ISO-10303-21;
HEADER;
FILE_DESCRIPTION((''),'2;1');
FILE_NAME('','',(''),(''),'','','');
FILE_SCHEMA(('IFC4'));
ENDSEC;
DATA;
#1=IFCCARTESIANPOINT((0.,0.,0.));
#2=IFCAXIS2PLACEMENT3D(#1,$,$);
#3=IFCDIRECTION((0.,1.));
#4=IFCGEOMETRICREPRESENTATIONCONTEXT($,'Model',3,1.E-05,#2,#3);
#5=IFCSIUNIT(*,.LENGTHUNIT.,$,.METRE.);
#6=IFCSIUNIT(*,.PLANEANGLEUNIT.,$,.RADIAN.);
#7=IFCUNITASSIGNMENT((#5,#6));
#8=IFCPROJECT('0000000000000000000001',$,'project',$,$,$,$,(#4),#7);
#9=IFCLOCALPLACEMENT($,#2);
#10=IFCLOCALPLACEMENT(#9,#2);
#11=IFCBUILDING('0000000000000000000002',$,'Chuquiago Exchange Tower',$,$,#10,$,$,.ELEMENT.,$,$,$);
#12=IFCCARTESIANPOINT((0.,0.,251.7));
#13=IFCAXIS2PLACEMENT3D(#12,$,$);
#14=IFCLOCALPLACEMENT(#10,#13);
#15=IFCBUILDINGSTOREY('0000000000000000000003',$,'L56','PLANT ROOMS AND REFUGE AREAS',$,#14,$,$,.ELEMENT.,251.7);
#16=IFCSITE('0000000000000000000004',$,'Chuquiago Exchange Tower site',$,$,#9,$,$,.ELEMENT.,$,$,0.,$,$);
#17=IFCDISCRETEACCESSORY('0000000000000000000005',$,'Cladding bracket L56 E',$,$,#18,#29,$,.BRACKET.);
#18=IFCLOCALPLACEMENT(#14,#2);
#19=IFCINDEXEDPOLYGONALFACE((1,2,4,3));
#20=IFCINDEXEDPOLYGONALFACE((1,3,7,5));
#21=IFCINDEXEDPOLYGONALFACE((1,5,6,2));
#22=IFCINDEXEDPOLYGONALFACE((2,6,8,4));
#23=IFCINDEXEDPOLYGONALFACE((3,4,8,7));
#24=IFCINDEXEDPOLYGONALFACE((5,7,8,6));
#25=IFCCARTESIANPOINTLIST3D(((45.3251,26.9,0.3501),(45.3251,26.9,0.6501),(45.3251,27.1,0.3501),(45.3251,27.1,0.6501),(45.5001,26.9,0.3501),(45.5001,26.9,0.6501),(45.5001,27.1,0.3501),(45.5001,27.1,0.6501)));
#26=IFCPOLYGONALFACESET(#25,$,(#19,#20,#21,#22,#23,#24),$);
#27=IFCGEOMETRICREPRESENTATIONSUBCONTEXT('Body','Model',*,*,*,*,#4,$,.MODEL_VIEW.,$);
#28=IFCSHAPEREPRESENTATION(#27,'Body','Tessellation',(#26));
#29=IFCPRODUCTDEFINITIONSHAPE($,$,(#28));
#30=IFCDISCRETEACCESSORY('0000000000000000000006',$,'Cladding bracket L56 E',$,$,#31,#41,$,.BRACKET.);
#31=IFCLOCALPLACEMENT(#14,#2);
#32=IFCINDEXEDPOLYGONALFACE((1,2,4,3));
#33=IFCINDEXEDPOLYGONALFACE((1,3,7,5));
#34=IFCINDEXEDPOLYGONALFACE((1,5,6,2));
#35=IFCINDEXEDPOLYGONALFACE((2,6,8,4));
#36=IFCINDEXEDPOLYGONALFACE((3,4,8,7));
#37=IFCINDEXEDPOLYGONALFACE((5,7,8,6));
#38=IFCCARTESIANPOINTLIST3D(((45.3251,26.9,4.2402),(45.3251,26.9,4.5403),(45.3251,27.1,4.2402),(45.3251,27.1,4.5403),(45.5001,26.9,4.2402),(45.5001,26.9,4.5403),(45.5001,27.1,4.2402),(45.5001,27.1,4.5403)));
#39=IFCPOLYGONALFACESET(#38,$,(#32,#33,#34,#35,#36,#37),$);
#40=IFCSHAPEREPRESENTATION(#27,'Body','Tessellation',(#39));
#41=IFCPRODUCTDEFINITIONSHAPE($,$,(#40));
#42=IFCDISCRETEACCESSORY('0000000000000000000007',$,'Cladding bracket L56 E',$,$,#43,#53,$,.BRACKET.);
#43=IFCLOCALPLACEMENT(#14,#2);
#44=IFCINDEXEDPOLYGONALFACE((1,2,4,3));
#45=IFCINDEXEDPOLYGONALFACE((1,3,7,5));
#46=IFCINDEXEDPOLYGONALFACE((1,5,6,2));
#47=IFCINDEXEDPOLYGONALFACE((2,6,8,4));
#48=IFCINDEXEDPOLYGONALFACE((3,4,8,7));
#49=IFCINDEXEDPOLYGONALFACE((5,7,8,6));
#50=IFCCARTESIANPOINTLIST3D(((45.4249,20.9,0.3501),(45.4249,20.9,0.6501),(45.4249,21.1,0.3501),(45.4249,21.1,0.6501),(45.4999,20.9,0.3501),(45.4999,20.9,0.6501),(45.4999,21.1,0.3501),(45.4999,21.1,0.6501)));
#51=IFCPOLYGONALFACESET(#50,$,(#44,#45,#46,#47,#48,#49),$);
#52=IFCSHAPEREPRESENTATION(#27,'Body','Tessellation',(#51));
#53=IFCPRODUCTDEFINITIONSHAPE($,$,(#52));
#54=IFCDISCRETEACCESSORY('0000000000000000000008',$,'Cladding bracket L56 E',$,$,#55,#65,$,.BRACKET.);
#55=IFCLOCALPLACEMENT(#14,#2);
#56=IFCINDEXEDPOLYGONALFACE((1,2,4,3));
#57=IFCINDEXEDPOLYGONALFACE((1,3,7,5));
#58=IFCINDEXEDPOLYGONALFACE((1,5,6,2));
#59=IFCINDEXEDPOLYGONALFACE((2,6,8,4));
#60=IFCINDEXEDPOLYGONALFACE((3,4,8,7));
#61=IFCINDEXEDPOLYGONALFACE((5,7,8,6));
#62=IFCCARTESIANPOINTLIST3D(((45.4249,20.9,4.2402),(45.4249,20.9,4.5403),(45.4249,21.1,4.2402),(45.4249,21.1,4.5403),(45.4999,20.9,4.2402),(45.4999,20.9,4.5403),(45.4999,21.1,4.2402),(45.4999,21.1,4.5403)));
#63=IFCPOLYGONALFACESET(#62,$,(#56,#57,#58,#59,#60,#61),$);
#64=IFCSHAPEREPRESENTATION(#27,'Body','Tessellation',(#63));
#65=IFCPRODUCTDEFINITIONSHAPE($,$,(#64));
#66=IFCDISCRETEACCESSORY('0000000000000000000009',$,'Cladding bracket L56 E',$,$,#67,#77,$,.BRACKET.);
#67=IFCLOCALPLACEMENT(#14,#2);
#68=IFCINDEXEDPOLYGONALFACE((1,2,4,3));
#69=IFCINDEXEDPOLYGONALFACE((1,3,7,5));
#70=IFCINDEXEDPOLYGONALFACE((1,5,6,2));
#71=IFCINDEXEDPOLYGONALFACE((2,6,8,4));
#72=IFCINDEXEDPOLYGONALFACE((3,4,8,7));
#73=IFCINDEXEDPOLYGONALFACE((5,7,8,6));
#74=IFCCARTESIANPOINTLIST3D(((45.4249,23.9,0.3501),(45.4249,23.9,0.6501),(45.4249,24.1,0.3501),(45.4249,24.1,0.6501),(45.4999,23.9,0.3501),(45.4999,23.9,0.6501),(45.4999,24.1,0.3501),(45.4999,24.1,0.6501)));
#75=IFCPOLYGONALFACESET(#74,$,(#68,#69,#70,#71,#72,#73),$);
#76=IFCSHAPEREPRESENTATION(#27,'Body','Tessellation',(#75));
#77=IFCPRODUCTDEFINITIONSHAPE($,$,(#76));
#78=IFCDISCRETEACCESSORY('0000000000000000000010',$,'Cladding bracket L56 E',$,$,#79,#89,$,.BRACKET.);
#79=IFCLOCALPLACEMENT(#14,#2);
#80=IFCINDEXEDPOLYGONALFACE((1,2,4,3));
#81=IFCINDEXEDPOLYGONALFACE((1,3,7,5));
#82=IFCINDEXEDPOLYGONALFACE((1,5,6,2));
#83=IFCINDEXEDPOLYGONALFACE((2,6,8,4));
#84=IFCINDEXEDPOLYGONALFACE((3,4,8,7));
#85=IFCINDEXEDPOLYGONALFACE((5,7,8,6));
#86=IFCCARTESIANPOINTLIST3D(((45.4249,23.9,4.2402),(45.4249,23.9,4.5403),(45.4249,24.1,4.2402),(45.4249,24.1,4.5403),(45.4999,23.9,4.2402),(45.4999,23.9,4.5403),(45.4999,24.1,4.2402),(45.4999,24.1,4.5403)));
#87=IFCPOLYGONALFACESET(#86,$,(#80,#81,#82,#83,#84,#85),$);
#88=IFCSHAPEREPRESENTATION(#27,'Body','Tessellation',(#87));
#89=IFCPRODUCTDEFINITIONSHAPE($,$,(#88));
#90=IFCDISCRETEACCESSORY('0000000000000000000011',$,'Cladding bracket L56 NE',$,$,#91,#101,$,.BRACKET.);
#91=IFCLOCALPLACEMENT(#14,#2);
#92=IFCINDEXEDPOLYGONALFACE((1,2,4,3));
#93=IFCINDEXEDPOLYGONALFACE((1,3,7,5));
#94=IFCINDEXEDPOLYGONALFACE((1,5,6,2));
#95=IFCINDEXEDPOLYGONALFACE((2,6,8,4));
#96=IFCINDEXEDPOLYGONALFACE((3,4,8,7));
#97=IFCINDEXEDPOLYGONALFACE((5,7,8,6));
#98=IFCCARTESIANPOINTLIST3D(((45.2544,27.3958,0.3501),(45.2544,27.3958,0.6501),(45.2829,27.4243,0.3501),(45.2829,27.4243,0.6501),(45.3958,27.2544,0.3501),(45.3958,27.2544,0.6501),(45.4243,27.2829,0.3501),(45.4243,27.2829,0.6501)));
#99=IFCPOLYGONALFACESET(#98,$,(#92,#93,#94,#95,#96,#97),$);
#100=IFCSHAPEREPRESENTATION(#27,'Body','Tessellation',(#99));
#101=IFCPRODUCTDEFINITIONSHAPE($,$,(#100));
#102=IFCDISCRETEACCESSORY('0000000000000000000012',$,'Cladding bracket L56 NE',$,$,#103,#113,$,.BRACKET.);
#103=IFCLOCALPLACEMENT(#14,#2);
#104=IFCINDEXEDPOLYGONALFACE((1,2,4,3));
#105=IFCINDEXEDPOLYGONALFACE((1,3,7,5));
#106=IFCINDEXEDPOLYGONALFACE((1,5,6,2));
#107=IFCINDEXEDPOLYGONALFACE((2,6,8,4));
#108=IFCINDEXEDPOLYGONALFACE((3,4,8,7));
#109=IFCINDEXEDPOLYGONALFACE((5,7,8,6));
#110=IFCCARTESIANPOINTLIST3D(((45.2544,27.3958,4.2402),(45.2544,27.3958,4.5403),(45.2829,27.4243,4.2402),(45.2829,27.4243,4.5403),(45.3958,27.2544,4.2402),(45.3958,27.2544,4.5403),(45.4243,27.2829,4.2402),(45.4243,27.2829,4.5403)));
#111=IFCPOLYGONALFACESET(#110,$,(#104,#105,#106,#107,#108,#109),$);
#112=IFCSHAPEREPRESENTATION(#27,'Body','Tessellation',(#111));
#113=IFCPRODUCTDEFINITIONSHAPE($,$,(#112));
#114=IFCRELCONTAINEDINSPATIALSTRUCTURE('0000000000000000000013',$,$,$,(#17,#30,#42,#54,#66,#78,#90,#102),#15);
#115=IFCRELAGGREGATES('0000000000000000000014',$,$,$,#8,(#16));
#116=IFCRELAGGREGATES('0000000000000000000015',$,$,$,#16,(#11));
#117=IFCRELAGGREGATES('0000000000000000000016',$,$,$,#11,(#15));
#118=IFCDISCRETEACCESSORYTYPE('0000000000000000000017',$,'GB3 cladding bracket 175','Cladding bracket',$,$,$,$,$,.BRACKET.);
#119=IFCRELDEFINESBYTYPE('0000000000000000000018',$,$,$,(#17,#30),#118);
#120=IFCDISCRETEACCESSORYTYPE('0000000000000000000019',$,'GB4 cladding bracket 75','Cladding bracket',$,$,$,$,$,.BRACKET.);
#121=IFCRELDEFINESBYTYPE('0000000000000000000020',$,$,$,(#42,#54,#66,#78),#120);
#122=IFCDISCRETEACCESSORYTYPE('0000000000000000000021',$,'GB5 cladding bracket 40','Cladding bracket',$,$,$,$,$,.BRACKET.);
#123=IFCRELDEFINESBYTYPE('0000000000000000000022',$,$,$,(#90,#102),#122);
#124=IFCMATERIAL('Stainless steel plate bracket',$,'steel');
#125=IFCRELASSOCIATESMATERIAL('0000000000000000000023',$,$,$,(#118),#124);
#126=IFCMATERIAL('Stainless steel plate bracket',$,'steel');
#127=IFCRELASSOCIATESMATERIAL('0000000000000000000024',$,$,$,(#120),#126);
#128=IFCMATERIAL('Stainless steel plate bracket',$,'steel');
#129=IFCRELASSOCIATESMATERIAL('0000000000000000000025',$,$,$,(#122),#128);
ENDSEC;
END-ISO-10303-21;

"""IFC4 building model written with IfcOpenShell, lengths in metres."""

from ifc_helpers import new_model, si_unit, direction, frame, origin, origin_2d, place, context, subcontext, project, spatial, rectangle, extrude, material, type_object, element, save


model = new_model("IFC4")

# Units and contexts
model_context = context("Model", 3, precision=1e-05, world=origin(), true_north=direction((0.0, 1.0)))
body_context = subcontext(model_context, "Body", "Model", "MODEL_VIEW")
ifc_project = project(units=[si_unit("LENGTHUNIT", "METRE"), si_unit("PLANEANGLEUNIT", "RADIAN")], contexts=[model_context])

# Site, building, storey
site_placement = place(None, origin())
site = spatial("IfcSite", under=ifc_project, at=site_placement, Name="Chuquiago Exchange Tower site", CompositionType="ELEMENT", RefElevation=0.0)
building_placement = place(site_placement, origin())
building = spatial("IfcBuilding", under=site, at=building_placement, Name="Chuquiago Exchange Tower", CompositionType="ELEMENT")
storey_placement = place(building_placement, frame((0.0, 0.0, 251.7)))
storey = spatial("IfcBuildingStorey", under=building, at=storey_placement, Name="L56", Description="PLANT ROOMS AND REFUGE AREAS", CompositionType="ELEMENT", Elevation=251.7)

# Discrete accessories
ifc_material_1 = material(Name="Stainless steel plate bracket", Category="steel")
discrete_accessory_type_1 = type_object("IfcDiscreteAccessoryType", Name="GB3 cladding bracket 175", Description="Cladding bracket", PredefinedType="BRACKET", material=ifc_material_1)
for number, where, z_axis, x_axis, name in (
    (1, (45.4126, 27.0, 0.3501), (0.0, 0.0, 1.0), (0.0, 1.0, 0.0), "Cladding bracket L56 E"),
    (2, (45.4126, 27.0, 4.2402), (0.0, 0.0, 1.0), (0.0, 1.0, 0.0), "Cladding bracket L56 E"),
):
    element("IfcDiscreteAccessory", number, at=place(storey_placement, frame(where, z_axis=z_axis, x_axis=x_axis)), inside=storey, type_object=discrete_accessory_type_1, Name=name, PredefinedType="BRACKET", context=body_context, shape_type="SweptSolid", body=[
        extrude(rectangle(XDim=0.2, YDim=0.175, at=origin_2d()), origin(), (0.0, 0.0, 1.0), 0.3),
    ])
ifc_material_2 = material(Name="Stainless steel plate bracket", Category="steel")
discrete_accessory_type_2 = type_object("IfcDiscreteAccessoryType", Name="GB4 cladding bracket 75", Description="Cladding bracket", PredefinedType="BRACKET", material=ifc_material_2)
for number, where, z_axis, x_axis, name in (
    (3, (45.4624, 21.0, 0.3501), (0.0, 0.0, 1.0), (0.0, 1.0, 0.0), "Cladding bracket L56 E"),
    (4, (45.4624, 21.0, 4.2402), (0.0, 0.0, 1.0), (0.0, 1.0, 0.0), "Cladding bracket L56 E"),
    (5, (45.4624, 24.0, 0.3501), (0.0, 0.0, 1.0), (0.0, 1.0, 0.0), "Cladding bracket L56 E"),
    (6, (45.4624, 24.0, 4.2402), (0.0, 0.0, 1.0), (0.0, 1.0, 0.0), "Cladding bracket L56 E"),
):
    element("IfcDiscreteAccessory", number, at=place(storey_placement, frame(where, z_axis=z_axis, x_axis=x_axis)), inside=storey, type_object=discrete_accessory_type_2, Name=name, PredefinedType="BRACKET", context=body_context, shape_type="SweptSolid", body=[
        extrude(rectangle(XDim=0.2, YDim=0.075, at=origin_2d()), origin(), (0.0, 0.0, 1.0), 0.3),
    ])
ifc_material_3 = material(Name="Stainless steel plate bracket", Category="steel")
discrete_accessory_type_3 = type_object("IfcDiscreteAccessoryType", Name="GB5 cladding bracket 40", Description="Cladding bracket", PredefinedType="BRACKET", material=ifc_material_3)
for number, where, z_axis, x_axis, name in (
    (7, (45.3394, 27.3394, 0.3501), (0.0, 0.0, 1.0), (-0.707107, 0.707107, 0.0), "Cladding bracket L56 NE"),
    (8, (45.3394, 27.3394, 4.2402), (0.0, 0.0, 1.0), (-0.707107, 0.707107, 0.0), "Cladding bracket L56 NE"),
):
    element("IfcDiscreteAccessory", number, at=place(storey_placement, frame(where, z_axis=z_axis, x_axis=x_axis)), inside=storey, type_object=discrete_accessory_type_3, Name=name, PredefinedType="BRACKET", context=body_context, shape_type="SweptSolid", body=[
        extrude(rectangle(XDim=0.2, YDim=0.0403, at=origin_2d()), origin(), (0.0, 0.0, 1.0), 0.3),
    ])

save(model, "model.ifc")
